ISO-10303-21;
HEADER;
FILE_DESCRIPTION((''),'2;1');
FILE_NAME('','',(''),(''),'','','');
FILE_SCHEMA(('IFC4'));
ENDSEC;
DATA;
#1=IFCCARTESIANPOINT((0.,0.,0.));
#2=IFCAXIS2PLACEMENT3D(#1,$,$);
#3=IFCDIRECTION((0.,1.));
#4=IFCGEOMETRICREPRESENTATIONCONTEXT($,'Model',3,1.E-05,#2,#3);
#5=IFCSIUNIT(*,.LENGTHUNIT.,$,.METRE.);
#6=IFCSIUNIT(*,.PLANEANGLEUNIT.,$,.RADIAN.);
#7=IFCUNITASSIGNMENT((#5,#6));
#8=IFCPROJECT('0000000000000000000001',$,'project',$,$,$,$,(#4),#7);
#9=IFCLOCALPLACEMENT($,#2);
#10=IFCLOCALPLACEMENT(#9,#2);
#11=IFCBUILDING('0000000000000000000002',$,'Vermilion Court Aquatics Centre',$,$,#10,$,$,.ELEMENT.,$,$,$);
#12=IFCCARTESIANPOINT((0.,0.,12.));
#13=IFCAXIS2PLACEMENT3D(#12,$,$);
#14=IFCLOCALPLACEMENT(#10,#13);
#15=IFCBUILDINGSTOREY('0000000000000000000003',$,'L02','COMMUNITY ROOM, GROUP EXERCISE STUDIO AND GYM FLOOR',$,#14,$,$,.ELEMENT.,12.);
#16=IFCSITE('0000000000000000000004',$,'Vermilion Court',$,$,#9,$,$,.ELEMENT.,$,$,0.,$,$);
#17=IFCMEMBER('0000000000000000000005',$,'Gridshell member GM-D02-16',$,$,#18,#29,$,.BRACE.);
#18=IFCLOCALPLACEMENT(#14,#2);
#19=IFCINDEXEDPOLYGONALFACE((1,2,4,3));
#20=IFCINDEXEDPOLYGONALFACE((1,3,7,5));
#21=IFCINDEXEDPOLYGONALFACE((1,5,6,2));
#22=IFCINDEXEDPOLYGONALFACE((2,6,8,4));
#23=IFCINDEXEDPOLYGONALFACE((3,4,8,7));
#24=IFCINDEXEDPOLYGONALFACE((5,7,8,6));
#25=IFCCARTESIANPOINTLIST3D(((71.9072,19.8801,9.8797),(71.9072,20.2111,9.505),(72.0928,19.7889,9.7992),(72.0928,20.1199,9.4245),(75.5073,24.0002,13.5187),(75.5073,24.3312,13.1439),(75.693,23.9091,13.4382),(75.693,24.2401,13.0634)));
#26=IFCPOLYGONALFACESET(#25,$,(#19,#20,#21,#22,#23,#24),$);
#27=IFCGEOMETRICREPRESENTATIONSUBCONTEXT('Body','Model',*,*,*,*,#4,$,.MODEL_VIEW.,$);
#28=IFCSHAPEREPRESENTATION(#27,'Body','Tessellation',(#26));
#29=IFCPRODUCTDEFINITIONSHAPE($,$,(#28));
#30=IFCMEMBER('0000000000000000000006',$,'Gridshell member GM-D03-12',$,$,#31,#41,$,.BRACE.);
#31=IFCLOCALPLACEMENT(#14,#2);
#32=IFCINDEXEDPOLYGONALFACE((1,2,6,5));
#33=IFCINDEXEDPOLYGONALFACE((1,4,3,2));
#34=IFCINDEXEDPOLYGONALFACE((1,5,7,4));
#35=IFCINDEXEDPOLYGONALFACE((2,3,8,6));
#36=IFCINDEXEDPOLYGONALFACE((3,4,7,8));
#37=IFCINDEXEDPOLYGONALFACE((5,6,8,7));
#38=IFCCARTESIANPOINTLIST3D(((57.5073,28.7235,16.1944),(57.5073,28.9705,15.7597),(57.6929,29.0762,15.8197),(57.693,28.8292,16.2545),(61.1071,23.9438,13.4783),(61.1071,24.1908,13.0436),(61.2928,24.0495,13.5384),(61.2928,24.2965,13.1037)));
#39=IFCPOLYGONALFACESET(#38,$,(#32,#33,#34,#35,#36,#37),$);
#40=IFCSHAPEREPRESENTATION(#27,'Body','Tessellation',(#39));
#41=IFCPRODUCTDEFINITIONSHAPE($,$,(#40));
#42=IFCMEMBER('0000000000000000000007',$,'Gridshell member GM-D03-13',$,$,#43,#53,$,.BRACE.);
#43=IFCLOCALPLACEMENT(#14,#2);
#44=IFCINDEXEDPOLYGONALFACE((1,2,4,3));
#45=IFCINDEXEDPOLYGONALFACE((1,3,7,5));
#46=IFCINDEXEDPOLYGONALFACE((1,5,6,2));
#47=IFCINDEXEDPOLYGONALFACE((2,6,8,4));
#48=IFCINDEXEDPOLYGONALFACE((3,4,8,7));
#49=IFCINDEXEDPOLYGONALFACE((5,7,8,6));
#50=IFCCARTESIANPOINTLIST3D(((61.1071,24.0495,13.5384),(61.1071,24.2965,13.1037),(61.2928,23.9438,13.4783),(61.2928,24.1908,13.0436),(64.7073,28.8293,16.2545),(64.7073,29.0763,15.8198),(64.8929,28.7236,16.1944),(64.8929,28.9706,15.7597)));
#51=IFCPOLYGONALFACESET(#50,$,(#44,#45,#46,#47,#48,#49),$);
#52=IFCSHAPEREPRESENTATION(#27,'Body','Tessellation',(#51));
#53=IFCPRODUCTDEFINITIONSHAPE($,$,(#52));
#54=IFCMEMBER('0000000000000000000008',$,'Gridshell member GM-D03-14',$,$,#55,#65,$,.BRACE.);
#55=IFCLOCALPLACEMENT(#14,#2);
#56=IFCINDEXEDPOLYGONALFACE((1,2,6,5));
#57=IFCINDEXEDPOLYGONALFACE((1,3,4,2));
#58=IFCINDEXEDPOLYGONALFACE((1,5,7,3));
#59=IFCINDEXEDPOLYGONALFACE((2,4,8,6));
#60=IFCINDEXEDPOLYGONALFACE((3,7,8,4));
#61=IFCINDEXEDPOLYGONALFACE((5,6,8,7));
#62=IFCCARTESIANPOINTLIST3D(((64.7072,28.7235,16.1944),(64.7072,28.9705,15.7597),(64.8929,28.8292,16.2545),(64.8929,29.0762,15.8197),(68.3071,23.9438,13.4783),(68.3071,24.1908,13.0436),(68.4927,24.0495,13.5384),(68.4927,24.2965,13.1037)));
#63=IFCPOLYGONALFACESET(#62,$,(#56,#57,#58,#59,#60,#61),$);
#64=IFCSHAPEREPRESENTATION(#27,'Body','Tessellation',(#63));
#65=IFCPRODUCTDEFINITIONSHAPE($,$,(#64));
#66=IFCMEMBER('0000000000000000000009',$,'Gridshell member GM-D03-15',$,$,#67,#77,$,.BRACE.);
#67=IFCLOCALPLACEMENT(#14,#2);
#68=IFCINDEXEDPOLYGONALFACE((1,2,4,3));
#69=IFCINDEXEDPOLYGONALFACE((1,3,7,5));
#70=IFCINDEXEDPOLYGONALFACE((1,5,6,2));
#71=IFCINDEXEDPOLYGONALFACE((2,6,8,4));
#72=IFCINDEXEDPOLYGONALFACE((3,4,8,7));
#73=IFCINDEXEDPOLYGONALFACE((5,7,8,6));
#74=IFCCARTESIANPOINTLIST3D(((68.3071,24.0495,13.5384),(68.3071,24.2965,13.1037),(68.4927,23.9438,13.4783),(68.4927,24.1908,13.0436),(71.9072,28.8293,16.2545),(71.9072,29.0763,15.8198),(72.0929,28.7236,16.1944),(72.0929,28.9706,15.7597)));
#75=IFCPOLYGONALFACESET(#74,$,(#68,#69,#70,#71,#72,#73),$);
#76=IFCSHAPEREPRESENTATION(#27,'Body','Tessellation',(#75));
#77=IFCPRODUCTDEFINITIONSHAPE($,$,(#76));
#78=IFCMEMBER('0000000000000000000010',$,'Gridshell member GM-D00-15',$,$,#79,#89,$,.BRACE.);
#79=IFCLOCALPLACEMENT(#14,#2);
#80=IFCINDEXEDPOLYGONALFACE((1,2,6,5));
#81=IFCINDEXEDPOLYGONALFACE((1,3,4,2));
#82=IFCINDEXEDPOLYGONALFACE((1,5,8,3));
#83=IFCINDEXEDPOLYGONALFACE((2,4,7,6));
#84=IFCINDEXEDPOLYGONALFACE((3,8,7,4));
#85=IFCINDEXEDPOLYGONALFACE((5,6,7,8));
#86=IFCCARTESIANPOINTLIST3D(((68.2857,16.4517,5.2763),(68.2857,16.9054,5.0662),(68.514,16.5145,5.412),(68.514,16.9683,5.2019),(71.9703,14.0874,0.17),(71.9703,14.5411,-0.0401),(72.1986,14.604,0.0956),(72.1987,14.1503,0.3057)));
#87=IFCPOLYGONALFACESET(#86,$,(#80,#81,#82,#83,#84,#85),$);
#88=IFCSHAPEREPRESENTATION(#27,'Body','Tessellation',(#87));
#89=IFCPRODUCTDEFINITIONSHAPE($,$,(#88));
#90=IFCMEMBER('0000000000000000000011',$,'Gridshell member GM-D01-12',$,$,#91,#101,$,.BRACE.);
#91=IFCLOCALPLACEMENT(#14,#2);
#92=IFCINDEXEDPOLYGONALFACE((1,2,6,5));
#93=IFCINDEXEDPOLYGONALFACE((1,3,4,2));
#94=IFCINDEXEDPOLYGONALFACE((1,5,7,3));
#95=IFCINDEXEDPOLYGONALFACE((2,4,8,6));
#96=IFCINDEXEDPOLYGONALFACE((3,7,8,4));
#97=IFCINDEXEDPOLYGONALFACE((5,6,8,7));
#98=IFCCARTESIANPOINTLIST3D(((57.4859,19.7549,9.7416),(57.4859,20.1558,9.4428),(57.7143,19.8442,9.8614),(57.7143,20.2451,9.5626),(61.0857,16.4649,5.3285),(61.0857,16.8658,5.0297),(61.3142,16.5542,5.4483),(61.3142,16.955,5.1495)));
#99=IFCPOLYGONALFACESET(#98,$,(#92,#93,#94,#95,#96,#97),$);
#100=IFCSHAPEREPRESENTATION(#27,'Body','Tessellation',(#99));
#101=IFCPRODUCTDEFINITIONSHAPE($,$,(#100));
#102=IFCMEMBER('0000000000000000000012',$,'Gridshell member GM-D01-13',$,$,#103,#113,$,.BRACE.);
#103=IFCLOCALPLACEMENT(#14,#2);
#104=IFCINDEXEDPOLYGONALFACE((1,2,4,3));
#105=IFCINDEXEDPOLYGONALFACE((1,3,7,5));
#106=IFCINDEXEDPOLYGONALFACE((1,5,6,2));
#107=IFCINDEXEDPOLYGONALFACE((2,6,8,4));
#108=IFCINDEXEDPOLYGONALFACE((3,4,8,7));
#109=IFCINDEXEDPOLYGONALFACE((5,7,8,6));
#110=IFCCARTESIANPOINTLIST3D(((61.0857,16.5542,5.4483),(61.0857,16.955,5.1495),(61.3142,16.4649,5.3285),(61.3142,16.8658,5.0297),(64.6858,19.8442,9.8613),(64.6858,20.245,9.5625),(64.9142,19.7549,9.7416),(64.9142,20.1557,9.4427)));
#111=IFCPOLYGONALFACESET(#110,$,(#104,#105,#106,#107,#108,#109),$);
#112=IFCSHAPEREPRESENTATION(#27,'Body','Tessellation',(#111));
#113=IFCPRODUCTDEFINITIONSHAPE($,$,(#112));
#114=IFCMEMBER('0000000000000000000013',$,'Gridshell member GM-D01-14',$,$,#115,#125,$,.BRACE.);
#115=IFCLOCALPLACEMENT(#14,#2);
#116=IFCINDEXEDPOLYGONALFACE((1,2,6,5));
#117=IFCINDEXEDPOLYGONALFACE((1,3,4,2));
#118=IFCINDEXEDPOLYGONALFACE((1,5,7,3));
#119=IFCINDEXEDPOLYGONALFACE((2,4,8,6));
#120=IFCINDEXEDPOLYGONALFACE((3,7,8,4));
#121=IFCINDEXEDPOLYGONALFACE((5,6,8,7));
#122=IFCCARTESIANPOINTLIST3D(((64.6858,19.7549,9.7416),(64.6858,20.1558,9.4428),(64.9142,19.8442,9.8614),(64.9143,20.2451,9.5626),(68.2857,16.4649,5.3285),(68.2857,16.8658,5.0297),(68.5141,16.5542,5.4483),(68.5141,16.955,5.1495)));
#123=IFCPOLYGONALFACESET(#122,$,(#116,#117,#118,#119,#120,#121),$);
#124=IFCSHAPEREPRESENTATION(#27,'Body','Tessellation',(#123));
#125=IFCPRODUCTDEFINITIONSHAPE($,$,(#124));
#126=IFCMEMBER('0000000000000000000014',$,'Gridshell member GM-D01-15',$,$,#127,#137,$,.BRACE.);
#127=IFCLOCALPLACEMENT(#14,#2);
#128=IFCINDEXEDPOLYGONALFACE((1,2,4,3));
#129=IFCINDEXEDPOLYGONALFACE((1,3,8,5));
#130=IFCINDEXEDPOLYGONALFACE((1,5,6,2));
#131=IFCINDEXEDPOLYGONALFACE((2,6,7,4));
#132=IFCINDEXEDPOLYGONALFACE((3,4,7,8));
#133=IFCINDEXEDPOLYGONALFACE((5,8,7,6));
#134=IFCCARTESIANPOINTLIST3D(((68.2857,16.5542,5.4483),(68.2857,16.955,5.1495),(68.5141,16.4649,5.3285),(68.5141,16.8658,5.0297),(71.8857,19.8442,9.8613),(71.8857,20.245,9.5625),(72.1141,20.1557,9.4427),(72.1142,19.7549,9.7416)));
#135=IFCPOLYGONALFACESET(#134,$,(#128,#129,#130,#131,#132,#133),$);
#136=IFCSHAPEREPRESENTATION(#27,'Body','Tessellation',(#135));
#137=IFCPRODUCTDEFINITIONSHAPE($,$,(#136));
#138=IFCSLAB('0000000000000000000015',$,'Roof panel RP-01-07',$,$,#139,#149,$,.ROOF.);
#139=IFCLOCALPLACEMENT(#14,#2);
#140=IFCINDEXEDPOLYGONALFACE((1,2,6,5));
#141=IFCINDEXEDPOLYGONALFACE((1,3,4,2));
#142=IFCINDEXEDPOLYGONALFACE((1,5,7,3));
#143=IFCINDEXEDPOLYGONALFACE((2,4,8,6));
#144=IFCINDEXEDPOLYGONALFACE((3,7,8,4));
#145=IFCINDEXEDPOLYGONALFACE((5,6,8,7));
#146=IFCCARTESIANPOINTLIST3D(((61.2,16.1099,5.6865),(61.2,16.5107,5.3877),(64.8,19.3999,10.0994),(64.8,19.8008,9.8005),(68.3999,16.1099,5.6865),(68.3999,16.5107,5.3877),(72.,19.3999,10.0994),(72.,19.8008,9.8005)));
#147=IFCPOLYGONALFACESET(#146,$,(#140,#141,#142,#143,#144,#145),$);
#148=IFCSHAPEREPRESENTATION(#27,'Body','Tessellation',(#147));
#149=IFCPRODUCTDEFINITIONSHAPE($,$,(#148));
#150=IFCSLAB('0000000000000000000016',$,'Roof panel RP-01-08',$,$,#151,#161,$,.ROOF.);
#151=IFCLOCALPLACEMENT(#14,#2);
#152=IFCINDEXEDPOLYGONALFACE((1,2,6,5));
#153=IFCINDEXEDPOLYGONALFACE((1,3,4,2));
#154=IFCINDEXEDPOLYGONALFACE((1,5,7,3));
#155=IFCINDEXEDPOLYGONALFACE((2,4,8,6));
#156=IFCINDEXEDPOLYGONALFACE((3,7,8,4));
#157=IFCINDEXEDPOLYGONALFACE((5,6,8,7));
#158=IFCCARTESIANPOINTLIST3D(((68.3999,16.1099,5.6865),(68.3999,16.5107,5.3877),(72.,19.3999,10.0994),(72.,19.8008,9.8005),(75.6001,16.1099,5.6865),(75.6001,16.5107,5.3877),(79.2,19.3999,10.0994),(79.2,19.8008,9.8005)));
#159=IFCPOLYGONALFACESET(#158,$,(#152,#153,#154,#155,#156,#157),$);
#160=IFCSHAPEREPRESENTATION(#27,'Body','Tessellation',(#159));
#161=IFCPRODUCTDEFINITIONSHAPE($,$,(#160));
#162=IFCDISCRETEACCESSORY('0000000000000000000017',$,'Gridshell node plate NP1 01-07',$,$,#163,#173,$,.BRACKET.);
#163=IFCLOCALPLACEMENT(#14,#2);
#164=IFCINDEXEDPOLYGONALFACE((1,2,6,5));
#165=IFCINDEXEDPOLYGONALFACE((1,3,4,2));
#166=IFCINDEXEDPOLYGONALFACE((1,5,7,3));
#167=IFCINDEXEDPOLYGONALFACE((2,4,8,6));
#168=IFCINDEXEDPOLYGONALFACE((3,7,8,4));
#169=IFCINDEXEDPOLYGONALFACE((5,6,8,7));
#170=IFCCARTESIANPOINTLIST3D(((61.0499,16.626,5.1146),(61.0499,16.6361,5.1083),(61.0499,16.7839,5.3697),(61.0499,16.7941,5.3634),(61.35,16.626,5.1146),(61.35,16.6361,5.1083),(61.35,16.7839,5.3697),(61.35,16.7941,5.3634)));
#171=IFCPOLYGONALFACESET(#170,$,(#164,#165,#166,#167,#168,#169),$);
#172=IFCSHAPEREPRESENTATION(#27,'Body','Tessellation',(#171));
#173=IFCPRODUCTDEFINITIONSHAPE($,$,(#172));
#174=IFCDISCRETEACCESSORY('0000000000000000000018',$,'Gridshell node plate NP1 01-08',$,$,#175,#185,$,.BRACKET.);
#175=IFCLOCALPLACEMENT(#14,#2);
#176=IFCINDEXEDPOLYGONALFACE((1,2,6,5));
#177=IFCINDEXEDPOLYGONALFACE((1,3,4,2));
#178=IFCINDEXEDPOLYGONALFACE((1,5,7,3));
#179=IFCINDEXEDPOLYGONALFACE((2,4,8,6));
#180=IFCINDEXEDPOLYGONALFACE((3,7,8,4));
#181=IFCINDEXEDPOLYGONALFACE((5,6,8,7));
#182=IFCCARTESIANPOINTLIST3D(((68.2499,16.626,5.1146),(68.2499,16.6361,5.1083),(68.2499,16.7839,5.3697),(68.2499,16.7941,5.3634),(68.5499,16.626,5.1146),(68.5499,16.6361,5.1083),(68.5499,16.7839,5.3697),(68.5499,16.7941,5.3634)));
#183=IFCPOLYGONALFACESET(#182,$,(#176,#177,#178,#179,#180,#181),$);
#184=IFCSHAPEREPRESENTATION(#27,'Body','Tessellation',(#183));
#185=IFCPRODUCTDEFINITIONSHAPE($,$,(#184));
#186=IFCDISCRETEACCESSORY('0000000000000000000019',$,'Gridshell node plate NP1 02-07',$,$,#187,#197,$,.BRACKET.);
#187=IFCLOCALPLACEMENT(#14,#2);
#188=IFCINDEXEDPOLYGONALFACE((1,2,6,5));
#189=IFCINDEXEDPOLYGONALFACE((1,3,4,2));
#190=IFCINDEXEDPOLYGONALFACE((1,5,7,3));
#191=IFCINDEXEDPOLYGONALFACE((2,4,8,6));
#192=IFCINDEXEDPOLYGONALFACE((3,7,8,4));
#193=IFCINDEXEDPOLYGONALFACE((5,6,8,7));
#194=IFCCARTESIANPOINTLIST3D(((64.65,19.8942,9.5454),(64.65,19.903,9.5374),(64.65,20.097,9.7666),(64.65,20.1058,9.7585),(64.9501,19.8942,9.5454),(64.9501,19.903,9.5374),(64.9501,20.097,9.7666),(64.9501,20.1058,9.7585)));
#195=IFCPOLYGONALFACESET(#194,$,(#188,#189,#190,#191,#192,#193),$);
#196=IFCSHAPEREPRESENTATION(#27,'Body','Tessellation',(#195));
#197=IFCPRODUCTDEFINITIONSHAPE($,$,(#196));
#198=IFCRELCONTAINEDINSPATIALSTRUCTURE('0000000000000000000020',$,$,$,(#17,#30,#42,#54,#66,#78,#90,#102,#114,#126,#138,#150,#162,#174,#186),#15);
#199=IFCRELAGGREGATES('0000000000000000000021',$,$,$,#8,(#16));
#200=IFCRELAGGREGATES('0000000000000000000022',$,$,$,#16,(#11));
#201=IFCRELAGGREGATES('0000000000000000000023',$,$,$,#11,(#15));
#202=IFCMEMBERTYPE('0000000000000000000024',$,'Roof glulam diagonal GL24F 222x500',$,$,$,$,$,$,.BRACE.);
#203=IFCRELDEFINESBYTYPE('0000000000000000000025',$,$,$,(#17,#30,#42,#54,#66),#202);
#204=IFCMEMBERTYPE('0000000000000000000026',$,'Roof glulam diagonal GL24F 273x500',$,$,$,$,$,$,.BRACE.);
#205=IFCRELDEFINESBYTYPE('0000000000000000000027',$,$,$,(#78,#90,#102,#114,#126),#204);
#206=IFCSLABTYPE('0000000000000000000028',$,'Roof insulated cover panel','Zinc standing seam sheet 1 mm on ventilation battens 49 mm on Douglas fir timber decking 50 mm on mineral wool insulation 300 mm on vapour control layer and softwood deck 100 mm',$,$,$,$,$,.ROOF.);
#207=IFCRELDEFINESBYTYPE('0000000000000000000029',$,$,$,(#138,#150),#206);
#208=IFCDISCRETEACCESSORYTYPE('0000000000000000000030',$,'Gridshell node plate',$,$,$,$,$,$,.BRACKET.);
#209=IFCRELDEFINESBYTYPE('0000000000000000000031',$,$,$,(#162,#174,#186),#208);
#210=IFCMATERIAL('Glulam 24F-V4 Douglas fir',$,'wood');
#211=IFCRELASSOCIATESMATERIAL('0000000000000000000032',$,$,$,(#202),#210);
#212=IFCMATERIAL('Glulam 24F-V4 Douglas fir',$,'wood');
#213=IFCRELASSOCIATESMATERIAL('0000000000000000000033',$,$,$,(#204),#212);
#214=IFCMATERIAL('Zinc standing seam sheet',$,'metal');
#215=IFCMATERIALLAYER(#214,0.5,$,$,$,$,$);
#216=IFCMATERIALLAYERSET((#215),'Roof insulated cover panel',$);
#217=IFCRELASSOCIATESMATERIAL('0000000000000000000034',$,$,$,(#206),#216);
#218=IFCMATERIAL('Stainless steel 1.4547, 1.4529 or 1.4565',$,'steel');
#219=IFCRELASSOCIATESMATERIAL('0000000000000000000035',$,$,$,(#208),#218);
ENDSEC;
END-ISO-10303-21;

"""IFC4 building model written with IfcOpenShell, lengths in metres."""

from ifc_helpers import new_model, si_unit, direction, frame, origin, origin_2d, place, context, subcontext, project, spatial, polyline, rectangle, outline, extrude, material, layer, layer_set, material_profile, profile_set, type_object, element, save


model = new_model("IFC4")

# Units and contexts
model_context = context("Model", 3, precision=1e-05, world=origin(), true_north=direction((0.0, 1.0)))
body_context = subcontext(model_context, "Body", "Model", "MODEL_VIEW")
ifc_project = project(units=[si_unit("LENGTHUNIT", "METRE"), si_unit("PLANEANGLEUNIT", "RADIAN")], contexts=[model_context])

# Site, building, storey
site_placement = place(None, origin())
site = spatial("IfcSite", under=ifc_project, at=site_placement, Name="Vermilion Court", CompositionType="ELEMENT", RefElevation=0.0)
building_placement = place(site_placement, origin())
building = spatial("IfcBuilding", under=site, at=building_placement, Name="Vermilion Court Aquatics Centre", CompositionType="ELEMENT")
storey_placement = place(building_placement, frame((0.0, 0.0, 12.0)))
storey = spatial("IfcBuildingStorey", under=building, at=storey_placement, Name="L02", Description="COMMUNITY ROOM, GROUP EXERCISE STUDIO AND GYM FLOOR", CompositionType="ELEMENT", Elevation=12.0)

# Members
ifc_material_1 = material(Name="Glulam 24F-V4 Douglas fir", Category="wood")
ifc_material_profile_1 = material_profile(ifc_material_1, rectangle(XDim=0.2219, YDim=0.5, at=origin_2d()), Name="GL24F 222x500")
ifc_profile_set_1 = profile_set([ifc_material_profile_1], Name="Glulam 24F-V4 Douglas fir")
member_type_1 = type_object("IfcMemberType", Name="Roof glulam diagonal GL24F 222x500", PredefinedType="BRACE", material=ifc_profile_set_1)
for number, where, z_axis, x_axis, name in (
    (1, (72.0, 20.0, 9.6521), (0.547878, 0.627017, 0.553786), (-0.836558, 0.410664, 0.362664), "Gridshell member GM-D02-16"),
):
    element("IfcMember", number, at=place(storey_placement, frame(where, z_axis=z_axis, x_axis=x_axis)), inside=storey, type_object=member_type_1, Name=name, PredefinedType="BRACE", context=body_context, shape_type="SweptSolid", body=[
        extrude(rectangle(XDim=0.2219, YDim=0.5, at=origin_2d()), origin(), (0.0, 0.0, 1.0), 6.571),
    ])
member_1_placement = place(storey_placement, frame((61.2, 24.1201, 13.291), z_axis=(-0.547813, 0.72737, 0.413321), x_axis=(-0.836601, -0.476303, -0.270618)))
element("IfcMember", 2, at=member_1_placement, inside=storey, type_object=member_type_1, Name="Gridshell member GM-D03-12", PredefinedType="BRACE", context=body_context, shape_type="SweptSolid", body=[
    extrude(rectangle(XDim=0.2219, YDim=0.5, at=origin_2d()), origin(), (0.0, 0.0, 1.0), 6.5713),
])
member_2_placement = place(storey_placement, frame((61.2, 24.1201, 13.291), z_axis=(0.547839, 0.727355, 0.413312), x_axis=(-0.836584, 0.476332, 0.27062)))
element("IfcMember", 3, at=member_2_placement, inside=storey, type_object=member_type_1, Name="Gridshell member GM-D03-13", PredefinedType="BRACE", context=body_context, shape_type="SweptSolid", body=[
    extrude(rectangle(XDim=0.2219, YDim=0.5, at=origin_2d()), origin(), (0.0, 0.0, 1.0), 6.5715),
])
member_3_placement = place(storey_placement, frame((68.3999, 24.1201, 13.291), z_axis=(-0.547813, 0.72737, 0.413321), x_axis=(-0.836601, -0.476303, -0.270618)))
element("IfcMember", 4, at=member_3_placement, inside=storey, type_object=member_type_1, Name="Gridshell member GM-D03-14", PredefinedType="BRACE", context=body_context, shape_type="SweptSolid", body=[
    extrude(rectangle(XDim=0.2219, YDim=0.5, at=origin_2d()), origin(), (0.0, 0.0, 1.0), 6.5713),
])
member_4_placement = place(storey_placement, frame((68.3999, 24.1201, 13.291), z_axis=(0.547839, 0.727355, 0.413312), x_axis=(-0.836584, 0.476332, 0.27062)))
element("IfcMember", 5, at=member_4_placement, inside=storey, type_object=member_type_1, Name="Gridshell member GM-D03-15", PredefinedType="BRACE", context=body_context, shape_type="SweptSolid", body=[
    extrude(rectangle(XDim=0.2219, YDim=0.5, at=origin_2d()), origin(), (0.0, 0.0, 1.0), 6.5715),
])
ifc_material_2 = material(Name="Glulam 24F-V4 Douglas fir", Category="wood")
ifc_material_profile_2 = material_profile(ifc_material_2, rectangle(XDim=0.2729, YDim=0.5, at=origin_2d()), Name="GL24F 273x500")
ifc_profile_set_2 = profile_set([ifc_material_profile_2], Name="Glulam 24F-V4 Douglas fir")
member_type_2 = type_object("IfcMemberType", Name="Roof glulam diagonal GL24F 273x500", PredefinedType="BRACE", material=ifc_profile_set_2)
member_5_placement = place(storey_placement, frame((72.0845, 14.3457, 0.1328), z_axis=(-0.54781, 0.35151, 0.759174), x_axis=(-0.836603, -0.230193, -0.497099)))
element("IfcMember", 6, at=member_5_placement, inside=storey, type_object=member_type_2, Name="Gridshell member GM-D00-15", PredefinedType="BRACE", context=body_context, shape_type="SweptSolid", body=[
    extrude(rectangle(XDim=0.2729, YDim=0.5, at=origin_2d()), origin(), (0.0, 0.0, 1.0), 6.7261),
])
for number, where, z_axis, x_axis, name in (
    (7, (61.2, 16.71, 5.239), (-0.547329, 0.500224, 0.670974), (-0.836918, -0.327083, -0.438846), "Gridshell member GM-D01-12"),
    (8, (61.2, 16.71, 5.239), (0.547355, 0.500214, 0.670961), (-0.836901, 0.327117, 0.438853), "Gridshell member GM-D01-13"),
    (9, (68.3999, 16.71, 5.239), (-0.547329, 0.500224, 0.670974), (-0.836918, -0.327083, -0.438846), "Gridshell member GM-D01-14"),
    (10, (68.3999, 16.71, 5.239), (0.547355, 0.500214, 0.670961), (-0.836901, 0.327117, 0.438853), "Gridshell member GM-D01-15"),
):
    element("IfcMember", number, at=place(storey_placement, frame(where, z_axis=z_axis, x_axis=x_axis)), inside=storey, type_object=member_type_2, Name=name, PredefinedType="BRACE", context=body_context, shape_type="SweptSolid", body=[
        extrude(rectangle(XDim=0.2729, YDim=0.5, at=origin_2d()), origin(), (0.0, 0.0, 1.0), 6.5771),
    ])

# Slabs
ifc_material_3 = material(Name="Zinc standing seam sheet", Category="metal")
ifc_layer_1 = layer(ifc_material_3, 0.5)
ifc_layer_set_1 = layer_set([ifc_layer_1], Name="Roof insulated cover panel")
slab_type = type_object("IfcSlabType", Name="Roof insulated cover panel", Description="Zinc standing seam sheet 1 mm on ventilation battens 49 mm on Douglas fir timber decking 50 mm on mineral wool insulation 300 mm on vapour control layer and softwood deck 100 mm", PredefinedType="ROOF", material=ifc_layer_set_1)
slab_1_placement = place(storey_placement, frame((61.2, 16.1099, 5.6865), z_axis=(0.0, -0.801705, 0.59772), x_axis=(1.0, 0.0, 0.0)))
element("IfcSlab", 11, at=slab_1_placement, inside=storey, type_object=slab_type, Name="Roof panel RP-01-07", PredefinedType="ROOF", context=body_context, shape_type="SweptSolid", body=[
    extrude(outline(polyline([(0.0, 0.0), (7.2, 0.0), (10.8, 5.5043), (3.6001, 5.5043), (0.0, 0.0)])), origin(), (0.0, 0.0, -1.0), 0.5),
])
slab_2_placement = place(storey_placement, frame((68.3999, 16.1099, 5.6865), z_axis=(0.0, -0.801705, 0.59772), x_axis=(1.0, 0.0, 0.0)))
element("IfcSlab", 12, at=slab_2_placement, inside=storey, type_object=slab_type, Name="Roof panel RP-01-08", PredefinedType="ROOF", context=body_context, shape_type="SweptSolid", body=[
    extrude(outline(polyline([(0.0, 0.0), (7.2002, 0.0), (10.8, 5.5043), (3.6001, 5.5043), (0.0, 0.0)])), origin(), (0.0, 0.0, -1.0), 0.5),
])

# Discrete accessories
ifc_material_4 = material(Name="Stainless steel 1.4547, 1.4529 or 1.4565", Category="steel")
ifc_material_profile_3 = material_profile(ifc_material_4, rectangle(XDim=0.3, YDim=0.3, at=origin_2d()), Name="PL 12 x 300 x 300")
ifc_profile_set_3 = profile_set([ifc_material_profile_3], Name="Stainless steel 1.4547, 1.4529 or 1.4565")
discrete_accessory_type_1 = type_object("IfcDiscreteAccessoryType", Name="Gridshell node plate", PredefinedType="BRACKET", material=ifc_profile_set_3)
for number, where, z_axis, x_axis, name in (
    (13, (61.2, 16.7151, 5.2358), (0.0, -0.850265, 0.526355), (1.0, 0.0, 0.0), "Gridshell node plate NP1 01-07"),
    (14, (68.3999, 16.7151, 5.2358), (0.0, -0.850265, 0.526355), (1.0, 0.0, 0.0), "Gridshell node plate NP1 01-08"),
    (15, (64.8, 20.0044, 9.6479), (0.0, -0.737154, 0.675725), (1.0, 0.0, 0.0), "Gridshell node plate NP1 02-07"),
):
    element("IfcDiscreteAccessory", number, at=place(storey_placement, frame(where, z_axis=z_axis, x_axis=x_axis)), inside=storey, type_object=discrete_accessory_type_1, Name=name, PredefinedType="BRACKET", context=body_context, shape_type="SweptSolid", body=[
        extrude(rectangle(XDim=0.3, YDim=0.3, at=origin_2d()), origin(), (0.0, 0.0, 1.0), 0.012),
    ])

save(model, "model.ifc")
